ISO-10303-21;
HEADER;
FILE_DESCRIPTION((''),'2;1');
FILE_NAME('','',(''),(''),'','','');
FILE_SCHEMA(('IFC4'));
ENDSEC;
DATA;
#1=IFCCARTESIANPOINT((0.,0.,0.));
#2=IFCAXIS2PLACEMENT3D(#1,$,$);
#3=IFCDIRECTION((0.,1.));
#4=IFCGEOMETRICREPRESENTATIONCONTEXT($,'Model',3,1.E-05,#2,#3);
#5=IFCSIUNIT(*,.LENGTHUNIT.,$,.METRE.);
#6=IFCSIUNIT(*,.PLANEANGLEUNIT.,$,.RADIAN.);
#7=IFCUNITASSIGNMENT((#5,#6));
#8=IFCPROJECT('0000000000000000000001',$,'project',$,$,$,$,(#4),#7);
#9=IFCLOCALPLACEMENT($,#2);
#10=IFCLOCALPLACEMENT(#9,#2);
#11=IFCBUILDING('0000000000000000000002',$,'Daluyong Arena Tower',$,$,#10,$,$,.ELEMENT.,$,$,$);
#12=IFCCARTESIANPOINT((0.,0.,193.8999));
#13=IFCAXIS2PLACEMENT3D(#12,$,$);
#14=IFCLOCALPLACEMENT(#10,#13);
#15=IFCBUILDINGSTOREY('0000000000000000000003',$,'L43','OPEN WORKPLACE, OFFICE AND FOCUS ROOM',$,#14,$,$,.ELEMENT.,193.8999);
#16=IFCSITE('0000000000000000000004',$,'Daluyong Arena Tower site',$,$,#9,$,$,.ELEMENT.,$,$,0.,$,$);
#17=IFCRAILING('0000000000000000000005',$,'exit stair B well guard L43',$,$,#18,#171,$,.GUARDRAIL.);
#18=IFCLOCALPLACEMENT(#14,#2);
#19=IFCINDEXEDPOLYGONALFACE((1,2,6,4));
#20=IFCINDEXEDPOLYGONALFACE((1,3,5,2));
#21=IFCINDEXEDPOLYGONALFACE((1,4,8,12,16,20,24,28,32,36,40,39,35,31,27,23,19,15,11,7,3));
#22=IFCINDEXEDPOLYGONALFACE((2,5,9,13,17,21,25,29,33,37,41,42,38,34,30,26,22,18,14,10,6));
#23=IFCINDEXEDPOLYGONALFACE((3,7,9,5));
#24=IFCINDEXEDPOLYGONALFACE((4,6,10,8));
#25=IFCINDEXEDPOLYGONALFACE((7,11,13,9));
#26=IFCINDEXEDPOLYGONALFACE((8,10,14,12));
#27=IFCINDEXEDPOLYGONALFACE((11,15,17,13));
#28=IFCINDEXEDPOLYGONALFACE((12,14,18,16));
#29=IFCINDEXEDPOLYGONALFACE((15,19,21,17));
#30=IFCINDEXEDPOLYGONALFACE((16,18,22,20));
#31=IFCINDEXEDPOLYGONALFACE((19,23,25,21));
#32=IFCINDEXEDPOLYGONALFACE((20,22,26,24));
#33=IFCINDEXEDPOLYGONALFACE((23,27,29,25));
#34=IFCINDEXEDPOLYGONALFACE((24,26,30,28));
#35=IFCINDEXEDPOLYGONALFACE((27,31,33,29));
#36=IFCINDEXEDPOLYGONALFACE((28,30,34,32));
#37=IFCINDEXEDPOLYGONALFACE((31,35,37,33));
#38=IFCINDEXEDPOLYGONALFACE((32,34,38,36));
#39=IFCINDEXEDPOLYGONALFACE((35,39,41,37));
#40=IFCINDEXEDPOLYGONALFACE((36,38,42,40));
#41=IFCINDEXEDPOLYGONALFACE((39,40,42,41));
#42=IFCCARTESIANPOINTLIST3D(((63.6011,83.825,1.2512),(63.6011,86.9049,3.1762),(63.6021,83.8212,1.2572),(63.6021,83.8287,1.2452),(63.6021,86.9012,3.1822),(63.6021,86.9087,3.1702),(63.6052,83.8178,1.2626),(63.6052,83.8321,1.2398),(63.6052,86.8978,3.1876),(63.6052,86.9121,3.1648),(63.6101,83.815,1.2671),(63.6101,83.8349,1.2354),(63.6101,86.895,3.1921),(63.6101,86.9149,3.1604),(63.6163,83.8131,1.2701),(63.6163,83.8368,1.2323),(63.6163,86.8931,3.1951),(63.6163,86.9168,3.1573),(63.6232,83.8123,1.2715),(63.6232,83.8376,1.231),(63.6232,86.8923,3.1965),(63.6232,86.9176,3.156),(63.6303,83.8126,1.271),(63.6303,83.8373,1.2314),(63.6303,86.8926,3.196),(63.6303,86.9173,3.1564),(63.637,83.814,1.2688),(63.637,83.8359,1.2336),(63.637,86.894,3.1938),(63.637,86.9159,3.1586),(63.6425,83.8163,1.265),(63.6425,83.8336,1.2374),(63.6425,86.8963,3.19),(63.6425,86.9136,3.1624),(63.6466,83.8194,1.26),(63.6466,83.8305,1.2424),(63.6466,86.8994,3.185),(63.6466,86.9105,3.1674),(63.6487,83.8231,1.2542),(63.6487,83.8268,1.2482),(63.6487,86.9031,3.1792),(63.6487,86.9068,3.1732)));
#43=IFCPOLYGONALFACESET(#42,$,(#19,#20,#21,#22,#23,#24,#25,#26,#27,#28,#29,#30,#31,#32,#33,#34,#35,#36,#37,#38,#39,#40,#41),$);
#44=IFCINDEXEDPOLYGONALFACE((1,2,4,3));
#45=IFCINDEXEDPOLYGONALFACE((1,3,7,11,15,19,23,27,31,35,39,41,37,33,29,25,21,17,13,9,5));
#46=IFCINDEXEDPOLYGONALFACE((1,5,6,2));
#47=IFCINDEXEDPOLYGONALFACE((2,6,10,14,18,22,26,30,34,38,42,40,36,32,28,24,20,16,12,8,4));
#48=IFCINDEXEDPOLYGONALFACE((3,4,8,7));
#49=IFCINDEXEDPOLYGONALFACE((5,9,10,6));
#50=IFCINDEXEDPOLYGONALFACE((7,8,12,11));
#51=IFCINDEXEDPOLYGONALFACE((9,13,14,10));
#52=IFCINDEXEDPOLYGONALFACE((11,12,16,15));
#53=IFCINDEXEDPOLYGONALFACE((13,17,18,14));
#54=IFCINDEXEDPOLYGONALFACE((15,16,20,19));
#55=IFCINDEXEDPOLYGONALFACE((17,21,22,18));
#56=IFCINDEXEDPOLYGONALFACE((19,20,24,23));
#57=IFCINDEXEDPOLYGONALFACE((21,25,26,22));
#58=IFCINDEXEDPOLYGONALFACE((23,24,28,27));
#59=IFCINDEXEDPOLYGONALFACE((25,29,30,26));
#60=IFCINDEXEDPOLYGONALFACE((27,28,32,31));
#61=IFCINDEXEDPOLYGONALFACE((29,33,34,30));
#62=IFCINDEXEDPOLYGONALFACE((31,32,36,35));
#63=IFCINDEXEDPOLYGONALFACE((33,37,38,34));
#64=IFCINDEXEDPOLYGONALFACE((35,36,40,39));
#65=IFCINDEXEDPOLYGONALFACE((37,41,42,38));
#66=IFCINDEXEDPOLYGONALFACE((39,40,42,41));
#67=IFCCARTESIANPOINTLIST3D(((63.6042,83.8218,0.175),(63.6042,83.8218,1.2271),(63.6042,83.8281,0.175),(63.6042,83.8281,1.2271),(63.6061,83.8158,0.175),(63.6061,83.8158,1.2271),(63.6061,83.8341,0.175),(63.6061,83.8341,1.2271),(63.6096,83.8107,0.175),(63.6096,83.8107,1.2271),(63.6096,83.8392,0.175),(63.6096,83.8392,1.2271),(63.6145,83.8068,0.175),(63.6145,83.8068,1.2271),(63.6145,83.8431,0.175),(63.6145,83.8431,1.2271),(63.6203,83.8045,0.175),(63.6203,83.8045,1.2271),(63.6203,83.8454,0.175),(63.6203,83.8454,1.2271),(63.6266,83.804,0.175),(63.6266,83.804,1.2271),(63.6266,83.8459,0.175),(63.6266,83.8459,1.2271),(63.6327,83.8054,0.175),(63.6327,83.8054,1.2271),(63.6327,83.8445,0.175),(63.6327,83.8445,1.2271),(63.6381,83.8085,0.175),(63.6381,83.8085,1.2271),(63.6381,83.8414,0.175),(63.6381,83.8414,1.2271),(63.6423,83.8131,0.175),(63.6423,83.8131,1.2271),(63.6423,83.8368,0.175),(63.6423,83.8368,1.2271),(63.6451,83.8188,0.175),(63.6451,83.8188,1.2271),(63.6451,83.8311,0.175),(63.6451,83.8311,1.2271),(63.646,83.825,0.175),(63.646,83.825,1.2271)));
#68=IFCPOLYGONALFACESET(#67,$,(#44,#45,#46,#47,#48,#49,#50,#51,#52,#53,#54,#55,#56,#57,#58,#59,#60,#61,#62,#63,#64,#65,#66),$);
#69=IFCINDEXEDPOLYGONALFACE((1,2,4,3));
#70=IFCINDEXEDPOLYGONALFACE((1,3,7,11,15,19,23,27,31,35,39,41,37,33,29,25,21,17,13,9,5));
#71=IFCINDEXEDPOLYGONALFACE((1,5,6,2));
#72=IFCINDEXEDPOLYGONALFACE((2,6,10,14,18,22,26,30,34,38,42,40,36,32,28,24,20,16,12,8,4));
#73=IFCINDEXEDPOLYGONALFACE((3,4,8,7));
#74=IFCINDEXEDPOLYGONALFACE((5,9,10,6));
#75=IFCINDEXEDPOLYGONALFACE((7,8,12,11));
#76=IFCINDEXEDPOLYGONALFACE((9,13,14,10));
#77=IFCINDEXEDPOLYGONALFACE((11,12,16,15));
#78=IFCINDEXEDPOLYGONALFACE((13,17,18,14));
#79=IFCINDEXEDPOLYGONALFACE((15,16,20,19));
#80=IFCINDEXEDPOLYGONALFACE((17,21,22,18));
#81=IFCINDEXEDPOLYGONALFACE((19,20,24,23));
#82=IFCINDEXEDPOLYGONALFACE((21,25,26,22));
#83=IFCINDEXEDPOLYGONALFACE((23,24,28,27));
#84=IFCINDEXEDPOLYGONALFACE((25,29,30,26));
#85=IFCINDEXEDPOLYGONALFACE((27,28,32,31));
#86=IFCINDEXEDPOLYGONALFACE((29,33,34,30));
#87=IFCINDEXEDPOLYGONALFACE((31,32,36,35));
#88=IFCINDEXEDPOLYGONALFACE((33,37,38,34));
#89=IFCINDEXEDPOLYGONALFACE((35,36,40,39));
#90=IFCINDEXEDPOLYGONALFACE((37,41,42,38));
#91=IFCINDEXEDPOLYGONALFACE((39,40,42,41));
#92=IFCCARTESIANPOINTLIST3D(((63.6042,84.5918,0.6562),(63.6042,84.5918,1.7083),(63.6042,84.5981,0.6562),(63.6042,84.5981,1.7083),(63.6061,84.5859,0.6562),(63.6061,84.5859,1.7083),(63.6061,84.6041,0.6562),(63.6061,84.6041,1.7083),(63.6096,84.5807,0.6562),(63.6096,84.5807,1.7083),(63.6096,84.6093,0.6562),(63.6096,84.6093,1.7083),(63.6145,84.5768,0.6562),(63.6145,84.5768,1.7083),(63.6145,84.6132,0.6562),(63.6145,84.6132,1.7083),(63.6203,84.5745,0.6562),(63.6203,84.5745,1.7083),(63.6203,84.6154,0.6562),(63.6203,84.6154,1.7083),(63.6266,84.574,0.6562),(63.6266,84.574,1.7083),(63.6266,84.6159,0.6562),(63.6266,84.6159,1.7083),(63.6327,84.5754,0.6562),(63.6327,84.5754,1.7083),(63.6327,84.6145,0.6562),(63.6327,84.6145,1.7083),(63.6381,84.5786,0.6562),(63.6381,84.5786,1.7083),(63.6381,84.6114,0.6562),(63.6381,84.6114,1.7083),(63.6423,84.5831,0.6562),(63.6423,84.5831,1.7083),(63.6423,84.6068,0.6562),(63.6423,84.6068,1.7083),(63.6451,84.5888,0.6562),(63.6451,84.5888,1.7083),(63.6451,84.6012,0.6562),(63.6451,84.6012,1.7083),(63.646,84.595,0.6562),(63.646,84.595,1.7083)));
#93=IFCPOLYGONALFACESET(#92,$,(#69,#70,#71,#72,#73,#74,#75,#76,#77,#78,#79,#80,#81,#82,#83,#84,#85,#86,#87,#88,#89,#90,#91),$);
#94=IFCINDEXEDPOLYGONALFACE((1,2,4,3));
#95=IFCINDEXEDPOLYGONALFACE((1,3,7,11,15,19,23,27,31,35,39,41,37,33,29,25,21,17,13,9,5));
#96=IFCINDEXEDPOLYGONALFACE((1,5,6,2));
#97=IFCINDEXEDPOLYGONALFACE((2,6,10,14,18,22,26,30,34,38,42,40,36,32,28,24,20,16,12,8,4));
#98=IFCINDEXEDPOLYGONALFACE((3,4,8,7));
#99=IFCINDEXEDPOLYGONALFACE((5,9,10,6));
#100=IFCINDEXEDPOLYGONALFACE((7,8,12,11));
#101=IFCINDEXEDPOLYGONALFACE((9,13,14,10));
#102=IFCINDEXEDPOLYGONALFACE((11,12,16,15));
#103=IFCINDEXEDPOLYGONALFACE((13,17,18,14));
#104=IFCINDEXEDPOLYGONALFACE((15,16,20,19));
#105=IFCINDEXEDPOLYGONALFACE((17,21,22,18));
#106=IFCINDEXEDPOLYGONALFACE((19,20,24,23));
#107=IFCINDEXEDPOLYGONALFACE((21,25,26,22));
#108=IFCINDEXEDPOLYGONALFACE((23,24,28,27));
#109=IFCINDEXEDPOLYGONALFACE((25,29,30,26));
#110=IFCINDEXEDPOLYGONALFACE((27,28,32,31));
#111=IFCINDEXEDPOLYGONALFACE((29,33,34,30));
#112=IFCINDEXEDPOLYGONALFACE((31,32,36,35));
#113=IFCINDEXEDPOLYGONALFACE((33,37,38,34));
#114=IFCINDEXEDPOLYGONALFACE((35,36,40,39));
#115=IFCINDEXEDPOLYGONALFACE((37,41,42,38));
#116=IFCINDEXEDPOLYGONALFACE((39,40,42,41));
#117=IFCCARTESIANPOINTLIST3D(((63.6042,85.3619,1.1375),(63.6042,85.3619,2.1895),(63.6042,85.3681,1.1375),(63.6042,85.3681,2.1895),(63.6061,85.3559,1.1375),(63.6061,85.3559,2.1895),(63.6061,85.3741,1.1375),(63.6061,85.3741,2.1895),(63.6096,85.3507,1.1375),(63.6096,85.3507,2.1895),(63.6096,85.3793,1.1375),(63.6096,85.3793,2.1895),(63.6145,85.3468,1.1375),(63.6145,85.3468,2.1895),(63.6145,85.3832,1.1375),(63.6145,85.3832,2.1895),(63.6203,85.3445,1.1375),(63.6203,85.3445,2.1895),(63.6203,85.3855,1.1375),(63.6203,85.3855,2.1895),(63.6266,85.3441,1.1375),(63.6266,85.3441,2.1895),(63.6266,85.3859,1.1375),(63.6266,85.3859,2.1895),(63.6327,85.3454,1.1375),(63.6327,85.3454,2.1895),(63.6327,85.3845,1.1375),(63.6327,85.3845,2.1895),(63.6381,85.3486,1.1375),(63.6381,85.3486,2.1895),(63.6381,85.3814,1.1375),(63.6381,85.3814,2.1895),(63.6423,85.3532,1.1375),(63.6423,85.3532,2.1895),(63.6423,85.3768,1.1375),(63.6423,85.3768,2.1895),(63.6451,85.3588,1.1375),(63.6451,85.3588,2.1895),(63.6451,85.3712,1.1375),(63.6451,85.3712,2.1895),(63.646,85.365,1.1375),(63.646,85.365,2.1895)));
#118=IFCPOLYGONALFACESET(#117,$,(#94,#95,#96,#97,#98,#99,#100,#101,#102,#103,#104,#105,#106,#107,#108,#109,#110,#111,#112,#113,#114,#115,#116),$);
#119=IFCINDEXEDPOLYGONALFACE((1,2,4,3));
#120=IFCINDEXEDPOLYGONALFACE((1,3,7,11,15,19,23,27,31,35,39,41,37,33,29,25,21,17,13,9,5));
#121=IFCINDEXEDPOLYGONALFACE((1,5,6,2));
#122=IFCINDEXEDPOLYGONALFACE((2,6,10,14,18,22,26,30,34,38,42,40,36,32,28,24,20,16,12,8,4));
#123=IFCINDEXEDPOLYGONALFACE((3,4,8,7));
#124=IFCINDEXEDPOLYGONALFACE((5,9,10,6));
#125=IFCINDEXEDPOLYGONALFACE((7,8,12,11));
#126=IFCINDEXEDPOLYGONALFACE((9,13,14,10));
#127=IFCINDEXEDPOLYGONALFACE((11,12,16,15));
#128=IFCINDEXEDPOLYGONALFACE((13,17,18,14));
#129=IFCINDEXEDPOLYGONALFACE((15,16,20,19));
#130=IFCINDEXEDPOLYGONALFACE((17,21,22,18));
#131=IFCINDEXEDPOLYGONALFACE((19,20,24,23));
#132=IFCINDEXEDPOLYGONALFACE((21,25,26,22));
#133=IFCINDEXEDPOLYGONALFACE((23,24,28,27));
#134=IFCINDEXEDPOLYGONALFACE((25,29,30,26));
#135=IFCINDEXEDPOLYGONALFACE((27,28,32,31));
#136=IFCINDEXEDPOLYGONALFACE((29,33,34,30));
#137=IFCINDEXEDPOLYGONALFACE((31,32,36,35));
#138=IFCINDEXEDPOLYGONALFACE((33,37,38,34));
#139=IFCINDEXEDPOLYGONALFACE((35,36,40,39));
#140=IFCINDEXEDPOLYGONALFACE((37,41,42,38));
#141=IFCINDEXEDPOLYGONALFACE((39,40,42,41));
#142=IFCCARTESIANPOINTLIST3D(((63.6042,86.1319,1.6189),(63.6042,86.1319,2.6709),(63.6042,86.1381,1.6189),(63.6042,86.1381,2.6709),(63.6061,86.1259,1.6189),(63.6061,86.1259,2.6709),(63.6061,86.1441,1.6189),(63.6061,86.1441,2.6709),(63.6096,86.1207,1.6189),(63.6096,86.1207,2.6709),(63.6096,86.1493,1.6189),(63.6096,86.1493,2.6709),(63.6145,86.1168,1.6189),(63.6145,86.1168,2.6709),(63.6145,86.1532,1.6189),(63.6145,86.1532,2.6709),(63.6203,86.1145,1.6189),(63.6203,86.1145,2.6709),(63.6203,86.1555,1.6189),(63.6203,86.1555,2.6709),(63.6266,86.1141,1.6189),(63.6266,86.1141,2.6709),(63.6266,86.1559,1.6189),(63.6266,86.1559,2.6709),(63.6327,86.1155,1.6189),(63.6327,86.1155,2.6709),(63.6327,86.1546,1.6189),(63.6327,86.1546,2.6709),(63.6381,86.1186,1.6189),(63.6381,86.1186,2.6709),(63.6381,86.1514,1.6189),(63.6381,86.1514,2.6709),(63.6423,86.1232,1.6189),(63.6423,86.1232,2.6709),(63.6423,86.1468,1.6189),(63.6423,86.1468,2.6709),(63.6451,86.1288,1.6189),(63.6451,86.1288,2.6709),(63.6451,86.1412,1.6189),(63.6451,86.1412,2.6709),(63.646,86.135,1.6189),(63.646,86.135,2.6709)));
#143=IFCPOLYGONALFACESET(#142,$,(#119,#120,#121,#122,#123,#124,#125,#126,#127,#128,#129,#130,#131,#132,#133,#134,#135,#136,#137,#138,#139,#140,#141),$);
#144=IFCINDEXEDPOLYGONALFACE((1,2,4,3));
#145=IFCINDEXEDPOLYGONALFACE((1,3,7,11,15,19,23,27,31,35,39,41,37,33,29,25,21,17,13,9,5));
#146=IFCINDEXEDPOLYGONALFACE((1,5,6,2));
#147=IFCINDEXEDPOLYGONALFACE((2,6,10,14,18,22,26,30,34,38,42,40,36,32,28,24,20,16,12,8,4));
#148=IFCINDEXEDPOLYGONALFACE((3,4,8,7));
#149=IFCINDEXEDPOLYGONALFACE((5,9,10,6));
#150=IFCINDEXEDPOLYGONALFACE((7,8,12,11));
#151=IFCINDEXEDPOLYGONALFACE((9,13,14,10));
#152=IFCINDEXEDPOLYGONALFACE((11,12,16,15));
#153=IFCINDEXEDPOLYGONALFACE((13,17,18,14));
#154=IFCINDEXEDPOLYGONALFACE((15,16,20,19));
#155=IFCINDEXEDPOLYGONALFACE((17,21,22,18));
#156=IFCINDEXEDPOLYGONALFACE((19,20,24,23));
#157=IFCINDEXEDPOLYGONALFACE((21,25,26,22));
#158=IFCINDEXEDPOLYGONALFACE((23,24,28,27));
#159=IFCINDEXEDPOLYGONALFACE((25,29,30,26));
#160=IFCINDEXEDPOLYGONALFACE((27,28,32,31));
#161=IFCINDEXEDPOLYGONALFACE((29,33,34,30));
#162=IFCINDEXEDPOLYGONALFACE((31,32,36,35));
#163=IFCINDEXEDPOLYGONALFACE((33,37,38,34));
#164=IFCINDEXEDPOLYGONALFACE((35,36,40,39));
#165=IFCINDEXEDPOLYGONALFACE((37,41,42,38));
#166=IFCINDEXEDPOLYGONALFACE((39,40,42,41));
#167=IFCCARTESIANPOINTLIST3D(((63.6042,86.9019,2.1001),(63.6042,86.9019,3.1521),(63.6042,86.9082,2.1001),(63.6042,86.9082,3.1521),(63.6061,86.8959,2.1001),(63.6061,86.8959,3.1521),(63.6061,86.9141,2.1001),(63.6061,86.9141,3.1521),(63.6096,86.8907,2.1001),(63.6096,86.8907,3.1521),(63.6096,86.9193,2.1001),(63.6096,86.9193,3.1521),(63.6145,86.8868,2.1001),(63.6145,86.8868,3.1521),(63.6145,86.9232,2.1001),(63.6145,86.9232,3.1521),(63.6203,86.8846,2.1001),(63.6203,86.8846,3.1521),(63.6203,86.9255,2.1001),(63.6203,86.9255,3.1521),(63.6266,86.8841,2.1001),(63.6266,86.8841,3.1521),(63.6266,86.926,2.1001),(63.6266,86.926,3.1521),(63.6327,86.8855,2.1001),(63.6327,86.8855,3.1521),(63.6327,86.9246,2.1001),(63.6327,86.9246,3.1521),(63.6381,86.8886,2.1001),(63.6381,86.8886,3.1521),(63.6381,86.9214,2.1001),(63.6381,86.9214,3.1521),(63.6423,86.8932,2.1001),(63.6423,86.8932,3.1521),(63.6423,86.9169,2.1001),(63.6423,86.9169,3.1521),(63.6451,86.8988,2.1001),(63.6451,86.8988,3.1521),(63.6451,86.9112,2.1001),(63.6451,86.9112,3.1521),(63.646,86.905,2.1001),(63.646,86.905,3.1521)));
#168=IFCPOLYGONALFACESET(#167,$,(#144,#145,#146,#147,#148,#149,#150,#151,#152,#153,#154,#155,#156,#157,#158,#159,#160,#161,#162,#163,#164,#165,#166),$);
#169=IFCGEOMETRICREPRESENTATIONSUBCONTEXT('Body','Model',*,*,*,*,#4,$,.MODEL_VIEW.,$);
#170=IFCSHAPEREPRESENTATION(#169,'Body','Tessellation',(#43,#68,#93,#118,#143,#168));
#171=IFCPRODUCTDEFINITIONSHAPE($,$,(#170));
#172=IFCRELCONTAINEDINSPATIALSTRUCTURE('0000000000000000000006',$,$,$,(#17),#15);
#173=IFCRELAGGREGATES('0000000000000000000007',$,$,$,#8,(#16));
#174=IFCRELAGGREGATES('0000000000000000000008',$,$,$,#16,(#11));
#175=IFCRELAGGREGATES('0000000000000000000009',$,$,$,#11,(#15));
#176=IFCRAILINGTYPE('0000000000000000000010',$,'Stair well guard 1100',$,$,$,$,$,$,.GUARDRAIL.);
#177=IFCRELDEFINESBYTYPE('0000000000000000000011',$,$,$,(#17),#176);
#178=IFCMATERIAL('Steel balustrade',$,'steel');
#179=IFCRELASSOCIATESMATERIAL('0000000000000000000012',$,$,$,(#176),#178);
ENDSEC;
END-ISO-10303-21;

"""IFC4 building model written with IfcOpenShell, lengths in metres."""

from ifc_helpers import new_model, si_unit, direction, frame, origin, origin_2d, place, context, subcontext, project, spatial, circle, extrude, material, type_object, element, save


model = new_model("IFC4")

# Units and contexts
model_context = context("Model", 3, precision=1e-05, world=origin(), true_north=direction((0.0, 1.0)))
body_context = subcontext(model_context, "Body", "Model", "MODEL_VIEW")
ifc_project = project(units=[si_unit("LENGTHUNIT", "METRE"), si_unit("PLANEANGLEUNIT", "RADIAN")], contexts=[model_context])

# Site, building, storey
site_placement = place(None, origin())
site = spatial("IfcSite", under=ifc_project, at=site_placement, Name="Daluyong Arena Tower site", CompositionType="ELEMENT", RefElevation=0.0)
building_placement = place(site_placement, origin())
building = spatial("IfcBuilding", under=site, at=building_placement, Name="Daluyong Arena Tower", CompositionType="ELEMENT")
storey_placement = place(building_placement, frame((0.0, 0.0, 193.8999)))
storey = spatial("IfcBuildingStorey", under=building, at=storey_placement, Name="L43", Description="OPEN WORKPLACE, OFFICE AND FOCUS ROOM", CompositionType="ELEMENT", Elevation=193.8999)

# Railing
ifc_material_1 = material(Name="Steel balustrade", Category="steel")
railing_type_1 = type_object("IfcRailingType", Name="Stair well guard 1100", PredefinedType="GUARDRAIL", material=ifc_material_1)
railing_1_placement = place(storey_placement, frame((63.625, 83.825, 0.175)))
element("IfcRailing", 1, at=railing_1_placement, inside=storey, type_object=railing_type_1, Name="exit stair B well guard L43", PredefinedType="GUARDRAIL", context=body_context, shape_type="SweptSolid", body=[
    extrude(circle(Radius=0.0239, at=origin_2d()), frame((0.0, 0.0, 1.0762), z_axis=(0.0, 0.847998, 0.529999), x_axis=(-1.0, 0.0, 0.0)), (0.0, 0.0, 1.0), 3.6321),
    extrude(circle(Radius=0.021, at=origin_2d()), origin(), (0.0, 0.0, 1.0), 1.052),
    extrude(circle(Radius=0.021, at=origin_2d()), frame((0.0, 0.77, 0.4812)), (0.0, 0.0, 1.0), 1.052),
    extrude(circle(Radius=0.021, at=origin_2d()), frame((0.0, 1.54, 0.9624)), (0.0, 0.0, 1.0), 1.052),
    extrude(circle(Radius=0.021, at=origin_2d()), frame((0.0, 2.3101, 1.4438)), (0.0, 0.0, 1.0), 1.052),
    extrude(circle(Radius=0.021, at=origin_2d()), frame((0.0, 3.0801, 1.925)), (0.0, 0.0, 1.0), 1.052),
])

save(model, "model.ifc")
